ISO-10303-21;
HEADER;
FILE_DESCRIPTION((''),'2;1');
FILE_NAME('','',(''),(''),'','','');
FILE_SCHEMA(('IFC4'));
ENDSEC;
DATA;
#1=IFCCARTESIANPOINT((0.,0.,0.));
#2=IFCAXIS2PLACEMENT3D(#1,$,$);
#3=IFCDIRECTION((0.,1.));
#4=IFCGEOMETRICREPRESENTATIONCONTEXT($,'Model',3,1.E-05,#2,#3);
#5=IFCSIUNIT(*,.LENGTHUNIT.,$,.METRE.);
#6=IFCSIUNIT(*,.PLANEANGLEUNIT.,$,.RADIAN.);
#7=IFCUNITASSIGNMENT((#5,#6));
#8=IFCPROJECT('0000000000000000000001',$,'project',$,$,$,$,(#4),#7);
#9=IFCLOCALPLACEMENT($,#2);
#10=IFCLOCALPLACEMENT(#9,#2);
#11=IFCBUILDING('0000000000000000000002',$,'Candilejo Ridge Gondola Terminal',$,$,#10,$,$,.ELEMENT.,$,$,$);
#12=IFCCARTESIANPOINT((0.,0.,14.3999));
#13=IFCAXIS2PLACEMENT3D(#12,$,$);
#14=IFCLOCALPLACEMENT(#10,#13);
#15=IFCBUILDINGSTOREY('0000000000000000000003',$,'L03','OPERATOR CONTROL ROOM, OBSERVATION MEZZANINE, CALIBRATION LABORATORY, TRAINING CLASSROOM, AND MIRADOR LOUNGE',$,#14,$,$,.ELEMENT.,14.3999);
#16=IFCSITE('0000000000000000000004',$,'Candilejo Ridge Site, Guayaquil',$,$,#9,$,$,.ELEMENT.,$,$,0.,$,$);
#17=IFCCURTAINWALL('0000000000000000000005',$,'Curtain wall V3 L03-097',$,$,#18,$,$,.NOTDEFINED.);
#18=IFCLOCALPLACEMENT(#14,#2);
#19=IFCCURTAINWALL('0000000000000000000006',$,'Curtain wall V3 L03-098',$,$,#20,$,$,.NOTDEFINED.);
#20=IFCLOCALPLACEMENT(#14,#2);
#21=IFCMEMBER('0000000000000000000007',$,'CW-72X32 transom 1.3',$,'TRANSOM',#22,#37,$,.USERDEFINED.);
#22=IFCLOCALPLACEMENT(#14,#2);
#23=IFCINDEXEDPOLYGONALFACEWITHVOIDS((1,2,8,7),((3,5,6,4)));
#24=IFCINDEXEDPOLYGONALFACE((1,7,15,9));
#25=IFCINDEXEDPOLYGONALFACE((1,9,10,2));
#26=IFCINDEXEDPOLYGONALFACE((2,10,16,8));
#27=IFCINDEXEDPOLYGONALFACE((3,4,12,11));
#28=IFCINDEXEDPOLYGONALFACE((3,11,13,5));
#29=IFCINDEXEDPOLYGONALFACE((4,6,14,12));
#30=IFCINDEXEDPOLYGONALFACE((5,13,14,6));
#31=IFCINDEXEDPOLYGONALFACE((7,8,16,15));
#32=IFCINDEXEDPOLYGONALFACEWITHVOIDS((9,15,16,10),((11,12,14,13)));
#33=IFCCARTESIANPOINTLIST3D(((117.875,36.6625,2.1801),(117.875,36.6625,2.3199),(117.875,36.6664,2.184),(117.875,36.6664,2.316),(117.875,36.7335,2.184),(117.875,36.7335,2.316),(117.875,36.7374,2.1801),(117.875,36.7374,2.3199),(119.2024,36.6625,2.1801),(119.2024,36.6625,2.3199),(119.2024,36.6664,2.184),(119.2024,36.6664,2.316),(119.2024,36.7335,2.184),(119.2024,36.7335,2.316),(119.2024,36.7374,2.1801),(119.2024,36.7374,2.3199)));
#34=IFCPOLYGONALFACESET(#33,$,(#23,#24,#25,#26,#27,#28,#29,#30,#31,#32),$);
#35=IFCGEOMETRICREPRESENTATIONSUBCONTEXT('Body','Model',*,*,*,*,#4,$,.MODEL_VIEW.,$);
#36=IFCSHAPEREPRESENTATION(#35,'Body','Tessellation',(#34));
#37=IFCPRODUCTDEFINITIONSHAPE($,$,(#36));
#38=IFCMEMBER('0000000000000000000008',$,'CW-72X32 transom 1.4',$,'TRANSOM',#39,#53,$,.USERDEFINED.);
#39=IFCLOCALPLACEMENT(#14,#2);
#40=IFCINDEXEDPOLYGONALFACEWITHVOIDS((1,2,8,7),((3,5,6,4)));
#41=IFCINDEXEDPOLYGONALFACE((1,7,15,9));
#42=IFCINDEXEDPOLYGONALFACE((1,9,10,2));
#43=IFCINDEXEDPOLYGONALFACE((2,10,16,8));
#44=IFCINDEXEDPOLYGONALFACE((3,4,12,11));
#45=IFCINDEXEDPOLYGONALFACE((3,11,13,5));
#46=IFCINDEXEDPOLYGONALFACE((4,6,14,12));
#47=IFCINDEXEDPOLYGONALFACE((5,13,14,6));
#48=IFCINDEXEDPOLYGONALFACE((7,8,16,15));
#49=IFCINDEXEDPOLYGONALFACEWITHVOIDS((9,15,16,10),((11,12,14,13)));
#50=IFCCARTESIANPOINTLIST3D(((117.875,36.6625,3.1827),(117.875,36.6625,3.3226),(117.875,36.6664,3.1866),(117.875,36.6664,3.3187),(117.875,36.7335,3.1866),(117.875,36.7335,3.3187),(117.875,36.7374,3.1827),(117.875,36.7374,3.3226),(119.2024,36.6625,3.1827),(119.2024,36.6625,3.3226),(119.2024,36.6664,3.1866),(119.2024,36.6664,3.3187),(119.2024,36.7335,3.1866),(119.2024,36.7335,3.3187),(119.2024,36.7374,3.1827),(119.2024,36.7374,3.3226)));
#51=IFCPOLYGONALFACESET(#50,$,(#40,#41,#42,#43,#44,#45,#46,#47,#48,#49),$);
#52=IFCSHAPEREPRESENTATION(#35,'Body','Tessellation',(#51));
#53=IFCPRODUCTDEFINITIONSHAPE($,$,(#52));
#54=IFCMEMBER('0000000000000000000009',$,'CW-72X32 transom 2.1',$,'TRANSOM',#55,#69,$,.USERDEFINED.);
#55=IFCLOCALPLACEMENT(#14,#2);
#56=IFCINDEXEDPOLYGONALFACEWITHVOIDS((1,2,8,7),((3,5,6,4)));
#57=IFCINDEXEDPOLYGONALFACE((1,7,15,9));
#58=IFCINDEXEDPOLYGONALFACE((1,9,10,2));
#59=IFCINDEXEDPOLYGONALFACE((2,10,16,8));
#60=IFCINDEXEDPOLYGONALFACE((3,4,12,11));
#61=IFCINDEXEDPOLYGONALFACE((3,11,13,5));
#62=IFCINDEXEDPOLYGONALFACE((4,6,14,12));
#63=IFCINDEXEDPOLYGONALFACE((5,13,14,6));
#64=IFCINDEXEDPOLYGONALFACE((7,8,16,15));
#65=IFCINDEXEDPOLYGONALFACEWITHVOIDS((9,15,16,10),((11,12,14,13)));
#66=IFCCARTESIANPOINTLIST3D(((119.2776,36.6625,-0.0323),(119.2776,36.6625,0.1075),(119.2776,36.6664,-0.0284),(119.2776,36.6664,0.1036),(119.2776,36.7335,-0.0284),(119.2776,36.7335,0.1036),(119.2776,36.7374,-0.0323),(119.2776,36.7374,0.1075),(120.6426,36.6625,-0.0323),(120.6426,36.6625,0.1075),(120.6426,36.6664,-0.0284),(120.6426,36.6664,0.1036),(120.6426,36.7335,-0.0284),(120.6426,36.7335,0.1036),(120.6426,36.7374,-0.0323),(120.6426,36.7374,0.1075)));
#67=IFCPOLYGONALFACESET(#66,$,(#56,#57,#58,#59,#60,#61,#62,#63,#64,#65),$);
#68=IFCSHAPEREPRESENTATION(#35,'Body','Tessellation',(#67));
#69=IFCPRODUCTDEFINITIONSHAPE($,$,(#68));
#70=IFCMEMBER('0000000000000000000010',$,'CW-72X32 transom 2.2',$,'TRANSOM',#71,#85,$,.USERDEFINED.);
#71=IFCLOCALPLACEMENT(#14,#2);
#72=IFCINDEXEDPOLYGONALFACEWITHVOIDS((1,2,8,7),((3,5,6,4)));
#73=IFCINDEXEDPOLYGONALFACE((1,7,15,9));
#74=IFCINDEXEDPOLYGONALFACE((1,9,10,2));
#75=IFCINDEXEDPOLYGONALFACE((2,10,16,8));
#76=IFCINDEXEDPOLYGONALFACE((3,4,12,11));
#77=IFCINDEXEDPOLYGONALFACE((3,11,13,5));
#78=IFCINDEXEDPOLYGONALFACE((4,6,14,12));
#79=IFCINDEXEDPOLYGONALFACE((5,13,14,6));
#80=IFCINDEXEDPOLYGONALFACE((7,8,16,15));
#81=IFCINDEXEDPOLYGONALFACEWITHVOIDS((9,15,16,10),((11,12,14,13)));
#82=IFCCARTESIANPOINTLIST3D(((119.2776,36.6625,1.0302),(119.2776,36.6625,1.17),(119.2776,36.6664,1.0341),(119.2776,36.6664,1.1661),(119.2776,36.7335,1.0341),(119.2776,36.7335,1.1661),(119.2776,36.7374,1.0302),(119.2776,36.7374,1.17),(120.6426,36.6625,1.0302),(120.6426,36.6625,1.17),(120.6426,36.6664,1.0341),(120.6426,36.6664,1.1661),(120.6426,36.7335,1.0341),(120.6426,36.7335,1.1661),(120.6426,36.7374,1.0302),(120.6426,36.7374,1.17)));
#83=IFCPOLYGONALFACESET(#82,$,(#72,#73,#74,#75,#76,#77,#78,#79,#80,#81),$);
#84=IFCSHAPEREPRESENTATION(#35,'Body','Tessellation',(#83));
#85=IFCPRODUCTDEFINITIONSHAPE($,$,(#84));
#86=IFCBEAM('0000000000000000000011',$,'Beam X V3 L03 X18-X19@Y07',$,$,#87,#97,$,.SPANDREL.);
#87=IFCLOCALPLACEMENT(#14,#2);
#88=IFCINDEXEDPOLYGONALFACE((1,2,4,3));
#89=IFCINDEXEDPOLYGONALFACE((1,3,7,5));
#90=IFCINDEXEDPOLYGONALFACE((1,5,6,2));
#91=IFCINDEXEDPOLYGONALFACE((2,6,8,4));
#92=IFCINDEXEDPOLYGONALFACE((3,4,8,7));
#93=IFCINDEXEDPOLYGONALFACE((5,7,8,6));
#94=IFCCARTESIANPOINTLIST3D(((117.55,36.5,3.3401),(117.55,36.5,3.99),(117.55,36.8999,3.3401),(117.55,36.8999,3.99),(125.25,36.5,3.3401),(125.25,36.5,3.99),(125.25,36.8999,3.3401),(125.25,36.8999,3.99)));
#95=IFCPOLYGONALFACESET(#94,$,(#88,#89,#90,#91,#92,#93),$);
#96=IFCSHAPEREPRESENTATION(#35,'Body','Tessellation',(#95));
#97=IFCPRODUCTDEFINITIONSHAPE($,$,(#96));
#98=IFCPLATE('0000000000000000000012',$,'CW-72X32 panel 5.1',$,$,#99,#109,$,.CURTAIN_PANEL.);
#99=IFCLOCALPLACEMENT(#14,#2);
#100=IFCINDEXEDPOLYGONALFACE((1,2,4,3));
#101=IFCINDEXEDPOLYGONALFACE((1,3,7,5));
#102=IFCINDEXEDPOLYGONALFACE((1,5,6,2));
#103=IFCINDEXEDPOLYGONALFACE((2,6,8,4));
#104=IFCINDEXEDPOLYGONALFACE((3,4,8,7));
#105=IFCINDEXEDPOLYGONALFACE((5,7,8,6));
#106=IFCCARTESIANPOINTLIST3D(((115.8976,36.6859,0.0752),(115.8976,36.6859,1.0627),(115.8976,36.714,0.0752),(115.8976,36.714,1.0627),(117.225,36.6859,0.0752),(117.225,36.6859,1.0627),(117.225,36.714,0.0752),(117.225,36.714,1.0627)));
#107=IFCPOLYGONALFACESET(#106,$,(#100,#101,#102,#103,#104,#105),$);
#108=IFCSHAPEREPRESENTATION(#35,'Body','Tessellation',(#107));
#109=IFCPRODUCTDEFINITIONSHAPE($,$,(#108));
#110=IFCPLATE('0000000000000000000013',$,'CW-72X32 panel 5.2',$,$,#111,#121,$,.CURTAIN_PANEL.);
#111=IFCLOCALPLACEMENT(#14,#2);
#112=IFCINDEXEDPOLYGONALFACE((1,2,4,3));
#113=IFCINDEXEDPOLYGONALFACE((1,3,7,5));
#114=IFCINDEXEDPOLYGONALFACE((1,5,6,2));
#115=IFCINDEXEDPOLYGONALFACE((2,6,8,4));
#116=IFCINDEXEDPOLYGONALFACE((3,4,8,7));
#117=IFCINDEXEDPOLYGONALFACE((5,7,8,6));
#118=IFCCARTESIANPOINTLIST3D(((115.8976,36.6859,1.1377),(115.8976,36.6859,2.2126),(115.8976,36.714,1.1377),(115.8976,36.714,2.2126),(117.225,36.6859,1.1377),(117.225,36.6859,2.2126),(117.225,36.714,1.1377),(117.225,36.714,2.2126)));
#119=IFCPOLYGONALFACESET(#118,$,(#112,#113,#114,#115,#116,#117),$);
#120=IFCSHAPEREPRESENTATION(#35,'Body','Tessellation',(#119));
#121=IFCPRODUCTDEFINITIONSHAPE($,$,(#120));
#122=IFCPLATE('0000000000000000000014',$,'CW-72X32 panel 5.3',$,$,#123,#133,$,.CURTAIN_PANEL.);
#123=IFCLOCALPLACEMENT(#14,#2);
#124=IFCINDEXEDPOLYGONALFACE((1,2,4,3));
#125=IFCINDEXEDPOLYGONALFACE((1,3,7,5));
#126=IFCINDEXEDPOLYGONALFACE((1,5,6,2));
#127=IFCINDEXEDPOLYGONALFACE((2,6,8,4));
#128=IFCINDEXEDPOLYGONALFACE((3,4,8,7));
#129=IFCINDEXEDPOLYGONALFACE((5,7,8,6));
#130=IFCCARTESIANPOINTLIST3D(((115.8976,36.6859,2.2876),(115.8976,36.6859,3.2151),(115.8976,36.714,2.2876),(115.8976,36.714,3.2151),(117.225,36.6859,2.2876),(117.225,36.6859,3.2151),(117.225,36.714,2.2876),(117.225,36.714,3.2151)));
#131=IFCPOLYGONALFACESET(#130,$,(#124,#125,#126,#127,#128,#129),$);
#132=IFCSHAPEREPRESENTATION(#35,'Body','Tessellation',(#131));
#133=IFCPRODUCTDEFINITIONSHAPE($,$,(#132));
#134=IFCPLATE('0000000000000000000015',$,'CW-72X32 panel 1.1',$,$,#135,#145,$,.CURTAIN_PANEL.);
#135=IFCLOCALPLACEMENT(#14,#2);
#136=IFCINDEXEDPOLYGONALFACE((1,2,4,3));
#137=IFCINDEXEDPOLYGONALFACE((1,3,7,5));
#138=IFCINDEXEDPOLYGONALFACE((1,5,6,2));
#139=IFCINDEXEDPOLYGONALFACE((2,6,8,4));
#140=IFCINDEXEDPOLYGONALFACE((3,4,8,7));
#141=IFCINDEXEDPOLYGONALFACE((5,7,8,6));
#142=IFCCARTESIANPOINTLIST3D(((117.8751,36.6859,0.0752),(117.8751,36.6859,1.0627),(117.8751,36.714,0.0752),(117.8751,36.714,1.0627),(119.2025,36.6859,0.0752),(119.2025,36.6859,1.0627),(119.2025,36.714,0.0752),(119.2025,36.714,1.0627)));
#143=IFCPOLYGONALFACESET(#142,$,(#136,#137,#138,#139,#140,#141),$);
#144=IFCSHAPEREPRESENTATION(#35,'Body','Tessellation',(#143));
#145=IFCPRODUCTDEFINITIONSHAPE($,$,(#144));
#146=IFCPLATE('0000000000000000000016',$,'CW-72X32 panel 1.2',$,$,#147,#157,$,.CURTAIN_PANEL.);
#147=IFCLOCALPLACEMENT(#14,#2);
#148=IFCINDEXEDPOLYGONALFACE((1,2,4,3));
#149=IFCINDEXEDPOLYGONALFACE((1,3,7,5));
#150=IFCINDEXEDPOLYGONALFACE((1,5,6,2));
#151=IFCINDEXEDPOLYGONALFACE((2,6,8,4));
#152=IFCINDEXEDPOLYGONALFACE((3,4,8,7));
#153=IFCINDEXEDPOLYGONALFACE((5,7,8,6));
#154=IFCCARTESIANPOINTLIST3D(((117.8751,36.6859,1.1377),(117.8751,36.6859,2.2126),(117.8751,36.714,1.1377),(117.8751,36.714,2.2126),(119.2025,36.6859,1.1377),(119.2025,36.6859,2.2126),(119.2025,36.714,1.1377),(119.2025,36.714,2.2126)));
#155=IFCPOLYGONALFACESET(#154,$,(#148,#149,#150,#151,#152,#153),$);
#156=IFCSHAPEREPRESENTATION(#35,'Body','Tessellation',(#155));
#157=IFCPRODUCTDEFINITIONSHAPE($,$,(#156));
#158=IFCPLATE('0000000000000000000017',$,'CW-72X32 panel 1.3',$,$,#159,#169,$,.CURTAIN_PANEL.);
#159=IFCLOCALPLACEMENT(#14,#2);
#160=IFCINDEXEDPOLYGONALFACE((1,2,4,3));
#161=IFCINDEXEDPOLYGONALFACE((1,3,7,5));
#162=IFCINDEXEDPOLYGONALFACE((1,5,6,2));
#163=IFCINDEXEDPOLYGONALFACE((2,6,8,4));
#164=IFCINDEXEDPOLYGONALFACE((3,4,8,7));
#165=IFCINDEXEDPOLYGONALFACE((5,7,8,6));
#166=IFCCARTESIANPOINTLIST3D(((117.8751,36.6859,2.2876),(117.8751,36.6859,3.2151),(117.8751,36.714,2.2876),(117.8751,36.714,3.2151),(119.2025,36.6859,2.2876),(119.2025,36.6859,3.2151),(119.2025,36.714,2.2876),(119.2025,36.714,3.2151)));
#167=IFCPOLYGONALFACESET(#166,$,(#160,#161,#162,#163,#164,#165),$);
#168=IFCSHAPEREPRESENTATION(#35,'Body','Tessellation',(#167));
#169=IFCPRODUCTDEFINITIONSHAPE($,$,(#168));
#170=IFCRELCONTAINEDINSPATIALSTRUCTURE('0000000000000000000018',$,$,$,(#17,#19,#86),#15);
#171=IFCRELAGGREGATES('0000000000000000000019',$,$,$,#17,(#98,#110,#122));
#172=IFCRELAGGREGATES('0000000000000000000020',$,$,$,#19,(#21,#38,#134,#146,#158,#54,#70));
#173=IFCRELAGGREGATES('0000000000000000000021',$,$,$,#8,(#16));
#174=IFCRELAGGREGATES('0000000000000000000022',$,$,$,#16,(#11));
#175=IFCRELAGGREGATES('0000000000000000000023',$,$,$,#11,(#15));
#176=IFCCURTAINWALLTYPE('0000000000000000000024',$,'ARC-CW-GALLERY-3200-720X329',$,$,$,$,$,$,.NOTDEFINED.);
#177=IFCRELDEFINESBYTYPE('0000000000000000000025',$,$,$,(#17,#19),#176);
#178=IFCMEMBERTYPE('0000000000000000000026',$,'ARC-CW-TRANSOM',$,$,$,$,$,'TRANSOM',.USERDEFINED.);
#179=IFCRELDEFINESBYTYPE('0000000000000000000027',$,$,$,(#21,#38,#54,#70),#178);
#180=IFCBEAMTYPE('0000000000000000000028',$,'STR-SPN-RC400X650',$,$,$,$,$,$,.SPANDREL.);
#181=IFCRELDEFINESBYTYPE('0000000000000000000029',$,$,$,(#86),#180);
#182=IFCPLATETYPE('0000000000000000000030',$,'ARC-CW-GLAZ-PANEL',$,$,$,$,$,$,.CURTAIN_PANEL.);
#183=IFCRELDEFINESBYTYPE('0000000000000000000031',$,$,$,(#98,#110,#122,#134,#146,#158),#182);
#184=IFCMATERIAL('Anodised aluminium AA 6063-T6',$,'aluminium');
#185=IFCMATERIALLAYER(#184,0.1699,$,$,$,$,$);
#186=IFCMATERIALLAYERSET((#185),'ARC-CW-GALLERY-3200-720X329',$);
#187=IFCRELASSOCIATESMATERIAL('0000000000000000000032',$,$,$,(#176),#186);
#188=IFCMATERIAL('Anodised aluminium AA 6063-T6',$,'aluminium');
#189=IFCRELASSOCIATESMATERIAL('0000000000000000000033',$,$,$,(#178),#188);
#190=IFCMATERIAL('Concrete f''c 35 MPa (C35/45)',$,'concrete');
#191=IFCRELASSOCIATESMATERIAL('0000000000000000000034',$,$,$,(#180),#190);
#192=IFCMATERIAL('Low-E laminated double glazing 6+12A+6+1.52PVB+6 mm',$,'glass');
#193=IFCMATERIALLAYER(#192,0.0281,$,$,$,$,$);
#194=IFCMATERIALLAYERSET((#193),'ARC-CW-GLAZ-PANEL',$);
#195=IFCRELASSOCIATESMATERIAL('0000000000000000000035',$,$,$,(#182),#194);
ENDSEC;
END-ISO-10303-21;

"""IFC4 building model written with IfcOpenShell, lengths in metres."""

from ifc_helpers import new_model, si_unit, direction, frame, origin, origin_2d, place, context, subcontext, project, spatial, rectangle, hollow_rectangle, extrude, material, layer, layer_set, material_profile, profile_set, type_object, element, aggregate, save


model = new_model("IFC4")

# Units and contexts
model_context = context("Model", 3, precision=1e-05, world=origin(), true_north=direction((0.0, 1.0)))
body_context = subcontext(model_context, "Body", "Model", "MODEL_VIEW")
ifc_project = project(units=[si_unit("LENGTHUNIT", "METRE"), si_unit("PLANEANGLEUNIT", "RADIAN")], contexts=[model_context])

# Site, building, storey
site_placement = place(None, origin())
site = spatial("IfcSite", under=ifc_project, at=site_placement, Name="Candilejo Ridge Site, Guayaquil", CompositionType="ELEMENT", RefElevation=0.0)
building_placement = place(site_placement, origin())
building = spatial("IfcBuilding", under=site, at=building_placement, Name="Candilejo Ridge Gondola Terminal", CompositionType="ELEMENT")
storey_placement = place(building_placement, frame((0.0, 0.0, 14.3999)))
storey = spatial("IfcBuildingStorey", under=building, at=storey_placement, Name="L03", Description="OPERATOR CONTROL ROOM, OBSERVATION MEZZANINE, CALIBRATION LABORATORY, TRAINING CLASSROOM, AND MIRADOR LOUNGE", CompositionType="ELEMENT", Elevation=14.3999)

# Curtain walls
ifc_material_1 = material(Name="Anodised aluminium AA 6063-T6", Category="aluminium")
ifc_layer_1 = layer(ifc_material_1, 0.1699)
ifc_layer_set_1 = layer_set([ifc_layer_1], Name="ARC-CW-GALLERY-3200-720X329")
curtain_wall_type = type_object("IfcCurtainWallType", Name="ARC-CW-GALLERY-3200-720X329", PredefinedType="NOTDEFINED", material=ifc_layer_set_1)
curtain_wall_1_placement = place(storey_placement, origin())
curtain_wall_1 = element("IfcCurtainWall", 1, at=curtain_wall_1_placement, inside=storey, type_object=curtain_wall_type, Name="Curtain wall V3 L03-097", PredefinedType="NOTDEFINED")
curtain_wall_2_placement = place(storey_placement, origin())
curtain_wall_2 = element("IfcCurtainWall", 2, at=curtain_wall_2_placement, inside=storey, type_object=curtain_wall_type, Name="Curtain wall V3 L03-098", PredefinedType="NOTDEFINED")

# Members
ifc_material_2 = material(Name="Anodised aluminium AA 6063-T6", Category="aluminium")
ifc_material_profile_1 = material_profile(ifc_material_2, hollow_rectangle(XDim=0.075, YDim=0.1399, WallThickness=0.0039, at=origin_2d()))
ifc_profile_set_1 = profile_set([ifc_material_profile_1], Name="Anodised aluminium AA 6063-T6")
member_type_1 = type_object("IfcMemberType", Name="ARC-CW-TRANSOM", ElementType="TRANSOM", PredefinedType="USERDEFINED", material=ifc_profile_set_1)
member_1_placement = place(storey_placement, frame((117.875, 36.7, 2.25), z_axis=(1.0, 0.0, 0.0), x_axis=(0.0, 1.0, 0.0)))
member_1 = element("IfcMember", 3, at=member_1_placement, type_object=member_type_1, Name="CW-72X32 transom 1.3", ObjectType="TRANSOM", PredefinedType="USERDEFINED", context=body_context, shape_type="SweptSolid", body=[
    extrude(hollow_rectangle(XDim=0.075, YDim=0.1399, WallThickness=0.0039, at=origin_2d()), origin(), (0.0, 0.0, 1.0), 1.3274),
])
member_2_placement = place(storey_placement, frame((117.875, 36.7, 3.2527), z_axis=(1.0, 0.0, 0.0), x_axis=(0.0, 1.0, 0.0)))
member_2 = element("IfcMember", 4, at=member_2_placement, type_object=member_type_1, Name="CW-72X32 transom 1.4", ObjectType="TRANSOM", PredefinedType="USERDEFINED", context=body_context, shape_type="SweptSolid", body=[
    extrude(hollow_rectangle(XDim=0.075, YDim=0.1399, WallThickness=0.0039, at=origin_2d()), origin(), (0.0, 0.0, 1.0), 1.3274),
])
member_3_placement = place(storey_placement, frame((119.2776, 36.7, 0.0376), z_axis=(1.0, 0.0, 0.0), x_axis=(0.0, 1.0, 0.0)))
member_3 = element("IfcMember", 5, at=member_3_placement, type_object=member_type_1, Name="CW-72X32 transom 2.1", ObjectType="TRANSOM", PredefinedType="USERDEFINED", context=body_context, shape_type="SweptSolid", body=[
    extrude(hollow_rectangle(XDim=0.075, YDim=0.1399, WallThickness=0.0039, at=origin_2d()), origin(), (0.0, 0.0, 1.0), 1.365),
])
member_4_placement = place(storey_placement, frame((119.2776, 36.7, 1.1001), z_axis=(1.0, 0.0, 0.0), x_axis=(0.0, 1.0, 0.0)))
member_4 = element("IfcMember", 6, at=member_4_placement, type_object=member_type_1, Name="CW-72X32 transom 2.2", ObjectType="TRANSOM", PredefinedType="USERDEFINED", context=body_context, shape_type="SweptSolid", body=[
    extrude(hollow_rectangle(XDim=0.075, YDim=0.1399, WallThickness=0.0039, at=origin_2d()), origin(), (0.0, 0.0, 1.0), 1.365),
])

# Beam
ifc_material_3 = material(Name="Concrete f'c 35 MPa (C35/45)", Category="concrete")
ifc_material_profile_2 = material_profile(ifc_material_3, rectangle(XDim=0.3999, YDim=0.6499, at=origin_2d()))
ifc_profile_set_2 = profile_set([ifc_material_profile_2], Name="Concrete f'c 35 MPa (C35/45)")
beam_type = type_object("IfcBeamType", Name="STR-SPN-RC400X650", PredefinedType="SPANDREL", material=ifc_profile_set_2)
beam_placement = place(storey_placement, frame((117.55, 36.7, 3.665), z_axis=(1.0, 0.0, 0.0), x_axis=(0.0, 1.0, 0.0)))
element("IfcBeam", 7, at=beam_placement, inside=storey, type_object=beam_type, Name="Beam X V3 L03 X18-X19@Y07", PredefinedType="SPANDREL", context=body_context, shape_type="SweptSolid", body=[
    extrude(rectangle(XDim=0.3999, YDim=0.6499, at=origin_2d()), origin(), (0.0, 0.0, 1.0), 7.7),
])

# Plates
ifc_material_4 = material(Name="Low-E laminated double glazing 6+12A+6+1.52PVB+6 mm", Category="glass")
ifc_layer_2 = layer(ifc_material_4, 0.0281)
ifc_layer_set_2 = layer_set([ifc_layer_2], Name="ARC-CW-GLAZ-PANEL")
plate_type = type_object("IfcPlateType", Name="ARC-CW-GLAZ-PANEL", PredefinedType="CURTAIN_PANEL", material=ifc_layer_set_2)
plate_1_placement = place(storey_placement, frame((116.5613, 36.7, 0.0752), z_axis=(0.0, 0.0, 1.0), x_axis=(1.0, 0.0, 0.0)))
plate_1 = element("IfcPlate", 8, at=plate_1_placement, type_object=plate_type, Name="CW-72X32 panel 5.1", PredefinedType="CURTAIN_PANEL", context=body_context, shape_type="SweptSolid", body=[
    extrude(rectangle(XDim=1.3274, YDim=0.0281, at=origin_2d()), origin(), (0.0, 0.0, 1.0), 0.9875),
])
plate_2_placement = place(storey_placement, frame((116.5613, 36.7, 1.1377), z_axis=(0.0, 0.0, 1.0), x_axis=(1.0, 0.0, 0.0)))
plate_2 = element("IfcPlate", 9, at=plate_2_placement, type_object=plate_type, Name="CW-72X32 panel 5.2", PredefinedType="CURTAIN_PANEL", context=body_context, shape_type="SweptSolid", body=[
    extrude(rectangle(XDim=1.3274, YDim=0.0281, at=origin_2d()), origin(), (0.0, 0.0, 1.0), 1.075),
])
plate_3_placement = place(storey_placement, frame((116.5613, 36.7, 2.2876), z_axis=(0.0, 0.0, 1.0), x_axis=(1.0, 0.0, 0.0)))
plate_3 = element("IfcPlate", 10, at=plate_3_placement, type_object=plate_type, Name="CW-72X32 panel 5.3", PredefinedType="CURTAIN_PANEL", context=body_context, shape_type="SweptSolid", body=[
    extrude(rectangle(XDim=1.3274, YDim=0.0281, at=origin_2d()), origin(), (0.0, 0.0, 1.0), 0.9275),
])
aggregate(curtain_wall_1, [plate_1, plate_2, plate_3])
plate_4_placement = place(storey_placement, frame((118.5388, 36.7, 0.0752), z_axis=(0.0, 0.0, 1.0), x_axis=(1.0, 0.0, 0.0)))
plate_4 = element("IfcPlate", 11, at=plate_4_placement, type_object=plate_type, Name="CW-72X32 panel 1.1", PredefinedType="CURTAIN_PANEL", context=body_context, shape_type="SweptSolid", body=[
    extrude(rectangle(XDim=1.3274, YDim=0.0281, at=origin_2d()), origin(), (0.0, 0.0, 1.0), 0.9875),
])
plate_5_placement = place(storey_placement, frame((118.5388, 36.7, 1.1377), z_axis=(0.0, 0.0, 1.0), x_axis=(1.0, 0.0, 0.0)))
plate_5 = element("IfcPlate", 12, at=plate_5_placement, type_object=plate_type, Name="CW-72X32 panel 1.2", PredefinedType="CURTAIN_PANEL", context=body_context, shape_type="SweptSolid", body=[
    extrude(rectangle(XDim=1.3274, YDim=0.0281, at=origin_2d()), origin(), (0.0, 0.0, 1.0), 1.075),
])
plate_6_placement = place(storey_placement, frame((118.5388, 36.7, 2.2876), z_axis=(0.0, 0.0, 1.0), x_axis=(1.0, 0.0, 0.0)))
plate_6 = element("IfcPlate", 13, at=plate_6_placement, type_object=plate_type, Name="CW-72X32 panel 1.3", PredefinedType="CURTAIN_PANEL", context=body_context, shape_type="SweptSolid", body=[
    extrude(rectangle(XDim=1.3274, YDim=0.0281, at=origin_2d()), origin(), (0.0, 0.0, 1.0), 0.9275),
])
aggregate(curtain_wall_2, [member_1, member_2, plate_4, plate_5, plate_6, member_3, member_4])

save(model, "model.ifc")
